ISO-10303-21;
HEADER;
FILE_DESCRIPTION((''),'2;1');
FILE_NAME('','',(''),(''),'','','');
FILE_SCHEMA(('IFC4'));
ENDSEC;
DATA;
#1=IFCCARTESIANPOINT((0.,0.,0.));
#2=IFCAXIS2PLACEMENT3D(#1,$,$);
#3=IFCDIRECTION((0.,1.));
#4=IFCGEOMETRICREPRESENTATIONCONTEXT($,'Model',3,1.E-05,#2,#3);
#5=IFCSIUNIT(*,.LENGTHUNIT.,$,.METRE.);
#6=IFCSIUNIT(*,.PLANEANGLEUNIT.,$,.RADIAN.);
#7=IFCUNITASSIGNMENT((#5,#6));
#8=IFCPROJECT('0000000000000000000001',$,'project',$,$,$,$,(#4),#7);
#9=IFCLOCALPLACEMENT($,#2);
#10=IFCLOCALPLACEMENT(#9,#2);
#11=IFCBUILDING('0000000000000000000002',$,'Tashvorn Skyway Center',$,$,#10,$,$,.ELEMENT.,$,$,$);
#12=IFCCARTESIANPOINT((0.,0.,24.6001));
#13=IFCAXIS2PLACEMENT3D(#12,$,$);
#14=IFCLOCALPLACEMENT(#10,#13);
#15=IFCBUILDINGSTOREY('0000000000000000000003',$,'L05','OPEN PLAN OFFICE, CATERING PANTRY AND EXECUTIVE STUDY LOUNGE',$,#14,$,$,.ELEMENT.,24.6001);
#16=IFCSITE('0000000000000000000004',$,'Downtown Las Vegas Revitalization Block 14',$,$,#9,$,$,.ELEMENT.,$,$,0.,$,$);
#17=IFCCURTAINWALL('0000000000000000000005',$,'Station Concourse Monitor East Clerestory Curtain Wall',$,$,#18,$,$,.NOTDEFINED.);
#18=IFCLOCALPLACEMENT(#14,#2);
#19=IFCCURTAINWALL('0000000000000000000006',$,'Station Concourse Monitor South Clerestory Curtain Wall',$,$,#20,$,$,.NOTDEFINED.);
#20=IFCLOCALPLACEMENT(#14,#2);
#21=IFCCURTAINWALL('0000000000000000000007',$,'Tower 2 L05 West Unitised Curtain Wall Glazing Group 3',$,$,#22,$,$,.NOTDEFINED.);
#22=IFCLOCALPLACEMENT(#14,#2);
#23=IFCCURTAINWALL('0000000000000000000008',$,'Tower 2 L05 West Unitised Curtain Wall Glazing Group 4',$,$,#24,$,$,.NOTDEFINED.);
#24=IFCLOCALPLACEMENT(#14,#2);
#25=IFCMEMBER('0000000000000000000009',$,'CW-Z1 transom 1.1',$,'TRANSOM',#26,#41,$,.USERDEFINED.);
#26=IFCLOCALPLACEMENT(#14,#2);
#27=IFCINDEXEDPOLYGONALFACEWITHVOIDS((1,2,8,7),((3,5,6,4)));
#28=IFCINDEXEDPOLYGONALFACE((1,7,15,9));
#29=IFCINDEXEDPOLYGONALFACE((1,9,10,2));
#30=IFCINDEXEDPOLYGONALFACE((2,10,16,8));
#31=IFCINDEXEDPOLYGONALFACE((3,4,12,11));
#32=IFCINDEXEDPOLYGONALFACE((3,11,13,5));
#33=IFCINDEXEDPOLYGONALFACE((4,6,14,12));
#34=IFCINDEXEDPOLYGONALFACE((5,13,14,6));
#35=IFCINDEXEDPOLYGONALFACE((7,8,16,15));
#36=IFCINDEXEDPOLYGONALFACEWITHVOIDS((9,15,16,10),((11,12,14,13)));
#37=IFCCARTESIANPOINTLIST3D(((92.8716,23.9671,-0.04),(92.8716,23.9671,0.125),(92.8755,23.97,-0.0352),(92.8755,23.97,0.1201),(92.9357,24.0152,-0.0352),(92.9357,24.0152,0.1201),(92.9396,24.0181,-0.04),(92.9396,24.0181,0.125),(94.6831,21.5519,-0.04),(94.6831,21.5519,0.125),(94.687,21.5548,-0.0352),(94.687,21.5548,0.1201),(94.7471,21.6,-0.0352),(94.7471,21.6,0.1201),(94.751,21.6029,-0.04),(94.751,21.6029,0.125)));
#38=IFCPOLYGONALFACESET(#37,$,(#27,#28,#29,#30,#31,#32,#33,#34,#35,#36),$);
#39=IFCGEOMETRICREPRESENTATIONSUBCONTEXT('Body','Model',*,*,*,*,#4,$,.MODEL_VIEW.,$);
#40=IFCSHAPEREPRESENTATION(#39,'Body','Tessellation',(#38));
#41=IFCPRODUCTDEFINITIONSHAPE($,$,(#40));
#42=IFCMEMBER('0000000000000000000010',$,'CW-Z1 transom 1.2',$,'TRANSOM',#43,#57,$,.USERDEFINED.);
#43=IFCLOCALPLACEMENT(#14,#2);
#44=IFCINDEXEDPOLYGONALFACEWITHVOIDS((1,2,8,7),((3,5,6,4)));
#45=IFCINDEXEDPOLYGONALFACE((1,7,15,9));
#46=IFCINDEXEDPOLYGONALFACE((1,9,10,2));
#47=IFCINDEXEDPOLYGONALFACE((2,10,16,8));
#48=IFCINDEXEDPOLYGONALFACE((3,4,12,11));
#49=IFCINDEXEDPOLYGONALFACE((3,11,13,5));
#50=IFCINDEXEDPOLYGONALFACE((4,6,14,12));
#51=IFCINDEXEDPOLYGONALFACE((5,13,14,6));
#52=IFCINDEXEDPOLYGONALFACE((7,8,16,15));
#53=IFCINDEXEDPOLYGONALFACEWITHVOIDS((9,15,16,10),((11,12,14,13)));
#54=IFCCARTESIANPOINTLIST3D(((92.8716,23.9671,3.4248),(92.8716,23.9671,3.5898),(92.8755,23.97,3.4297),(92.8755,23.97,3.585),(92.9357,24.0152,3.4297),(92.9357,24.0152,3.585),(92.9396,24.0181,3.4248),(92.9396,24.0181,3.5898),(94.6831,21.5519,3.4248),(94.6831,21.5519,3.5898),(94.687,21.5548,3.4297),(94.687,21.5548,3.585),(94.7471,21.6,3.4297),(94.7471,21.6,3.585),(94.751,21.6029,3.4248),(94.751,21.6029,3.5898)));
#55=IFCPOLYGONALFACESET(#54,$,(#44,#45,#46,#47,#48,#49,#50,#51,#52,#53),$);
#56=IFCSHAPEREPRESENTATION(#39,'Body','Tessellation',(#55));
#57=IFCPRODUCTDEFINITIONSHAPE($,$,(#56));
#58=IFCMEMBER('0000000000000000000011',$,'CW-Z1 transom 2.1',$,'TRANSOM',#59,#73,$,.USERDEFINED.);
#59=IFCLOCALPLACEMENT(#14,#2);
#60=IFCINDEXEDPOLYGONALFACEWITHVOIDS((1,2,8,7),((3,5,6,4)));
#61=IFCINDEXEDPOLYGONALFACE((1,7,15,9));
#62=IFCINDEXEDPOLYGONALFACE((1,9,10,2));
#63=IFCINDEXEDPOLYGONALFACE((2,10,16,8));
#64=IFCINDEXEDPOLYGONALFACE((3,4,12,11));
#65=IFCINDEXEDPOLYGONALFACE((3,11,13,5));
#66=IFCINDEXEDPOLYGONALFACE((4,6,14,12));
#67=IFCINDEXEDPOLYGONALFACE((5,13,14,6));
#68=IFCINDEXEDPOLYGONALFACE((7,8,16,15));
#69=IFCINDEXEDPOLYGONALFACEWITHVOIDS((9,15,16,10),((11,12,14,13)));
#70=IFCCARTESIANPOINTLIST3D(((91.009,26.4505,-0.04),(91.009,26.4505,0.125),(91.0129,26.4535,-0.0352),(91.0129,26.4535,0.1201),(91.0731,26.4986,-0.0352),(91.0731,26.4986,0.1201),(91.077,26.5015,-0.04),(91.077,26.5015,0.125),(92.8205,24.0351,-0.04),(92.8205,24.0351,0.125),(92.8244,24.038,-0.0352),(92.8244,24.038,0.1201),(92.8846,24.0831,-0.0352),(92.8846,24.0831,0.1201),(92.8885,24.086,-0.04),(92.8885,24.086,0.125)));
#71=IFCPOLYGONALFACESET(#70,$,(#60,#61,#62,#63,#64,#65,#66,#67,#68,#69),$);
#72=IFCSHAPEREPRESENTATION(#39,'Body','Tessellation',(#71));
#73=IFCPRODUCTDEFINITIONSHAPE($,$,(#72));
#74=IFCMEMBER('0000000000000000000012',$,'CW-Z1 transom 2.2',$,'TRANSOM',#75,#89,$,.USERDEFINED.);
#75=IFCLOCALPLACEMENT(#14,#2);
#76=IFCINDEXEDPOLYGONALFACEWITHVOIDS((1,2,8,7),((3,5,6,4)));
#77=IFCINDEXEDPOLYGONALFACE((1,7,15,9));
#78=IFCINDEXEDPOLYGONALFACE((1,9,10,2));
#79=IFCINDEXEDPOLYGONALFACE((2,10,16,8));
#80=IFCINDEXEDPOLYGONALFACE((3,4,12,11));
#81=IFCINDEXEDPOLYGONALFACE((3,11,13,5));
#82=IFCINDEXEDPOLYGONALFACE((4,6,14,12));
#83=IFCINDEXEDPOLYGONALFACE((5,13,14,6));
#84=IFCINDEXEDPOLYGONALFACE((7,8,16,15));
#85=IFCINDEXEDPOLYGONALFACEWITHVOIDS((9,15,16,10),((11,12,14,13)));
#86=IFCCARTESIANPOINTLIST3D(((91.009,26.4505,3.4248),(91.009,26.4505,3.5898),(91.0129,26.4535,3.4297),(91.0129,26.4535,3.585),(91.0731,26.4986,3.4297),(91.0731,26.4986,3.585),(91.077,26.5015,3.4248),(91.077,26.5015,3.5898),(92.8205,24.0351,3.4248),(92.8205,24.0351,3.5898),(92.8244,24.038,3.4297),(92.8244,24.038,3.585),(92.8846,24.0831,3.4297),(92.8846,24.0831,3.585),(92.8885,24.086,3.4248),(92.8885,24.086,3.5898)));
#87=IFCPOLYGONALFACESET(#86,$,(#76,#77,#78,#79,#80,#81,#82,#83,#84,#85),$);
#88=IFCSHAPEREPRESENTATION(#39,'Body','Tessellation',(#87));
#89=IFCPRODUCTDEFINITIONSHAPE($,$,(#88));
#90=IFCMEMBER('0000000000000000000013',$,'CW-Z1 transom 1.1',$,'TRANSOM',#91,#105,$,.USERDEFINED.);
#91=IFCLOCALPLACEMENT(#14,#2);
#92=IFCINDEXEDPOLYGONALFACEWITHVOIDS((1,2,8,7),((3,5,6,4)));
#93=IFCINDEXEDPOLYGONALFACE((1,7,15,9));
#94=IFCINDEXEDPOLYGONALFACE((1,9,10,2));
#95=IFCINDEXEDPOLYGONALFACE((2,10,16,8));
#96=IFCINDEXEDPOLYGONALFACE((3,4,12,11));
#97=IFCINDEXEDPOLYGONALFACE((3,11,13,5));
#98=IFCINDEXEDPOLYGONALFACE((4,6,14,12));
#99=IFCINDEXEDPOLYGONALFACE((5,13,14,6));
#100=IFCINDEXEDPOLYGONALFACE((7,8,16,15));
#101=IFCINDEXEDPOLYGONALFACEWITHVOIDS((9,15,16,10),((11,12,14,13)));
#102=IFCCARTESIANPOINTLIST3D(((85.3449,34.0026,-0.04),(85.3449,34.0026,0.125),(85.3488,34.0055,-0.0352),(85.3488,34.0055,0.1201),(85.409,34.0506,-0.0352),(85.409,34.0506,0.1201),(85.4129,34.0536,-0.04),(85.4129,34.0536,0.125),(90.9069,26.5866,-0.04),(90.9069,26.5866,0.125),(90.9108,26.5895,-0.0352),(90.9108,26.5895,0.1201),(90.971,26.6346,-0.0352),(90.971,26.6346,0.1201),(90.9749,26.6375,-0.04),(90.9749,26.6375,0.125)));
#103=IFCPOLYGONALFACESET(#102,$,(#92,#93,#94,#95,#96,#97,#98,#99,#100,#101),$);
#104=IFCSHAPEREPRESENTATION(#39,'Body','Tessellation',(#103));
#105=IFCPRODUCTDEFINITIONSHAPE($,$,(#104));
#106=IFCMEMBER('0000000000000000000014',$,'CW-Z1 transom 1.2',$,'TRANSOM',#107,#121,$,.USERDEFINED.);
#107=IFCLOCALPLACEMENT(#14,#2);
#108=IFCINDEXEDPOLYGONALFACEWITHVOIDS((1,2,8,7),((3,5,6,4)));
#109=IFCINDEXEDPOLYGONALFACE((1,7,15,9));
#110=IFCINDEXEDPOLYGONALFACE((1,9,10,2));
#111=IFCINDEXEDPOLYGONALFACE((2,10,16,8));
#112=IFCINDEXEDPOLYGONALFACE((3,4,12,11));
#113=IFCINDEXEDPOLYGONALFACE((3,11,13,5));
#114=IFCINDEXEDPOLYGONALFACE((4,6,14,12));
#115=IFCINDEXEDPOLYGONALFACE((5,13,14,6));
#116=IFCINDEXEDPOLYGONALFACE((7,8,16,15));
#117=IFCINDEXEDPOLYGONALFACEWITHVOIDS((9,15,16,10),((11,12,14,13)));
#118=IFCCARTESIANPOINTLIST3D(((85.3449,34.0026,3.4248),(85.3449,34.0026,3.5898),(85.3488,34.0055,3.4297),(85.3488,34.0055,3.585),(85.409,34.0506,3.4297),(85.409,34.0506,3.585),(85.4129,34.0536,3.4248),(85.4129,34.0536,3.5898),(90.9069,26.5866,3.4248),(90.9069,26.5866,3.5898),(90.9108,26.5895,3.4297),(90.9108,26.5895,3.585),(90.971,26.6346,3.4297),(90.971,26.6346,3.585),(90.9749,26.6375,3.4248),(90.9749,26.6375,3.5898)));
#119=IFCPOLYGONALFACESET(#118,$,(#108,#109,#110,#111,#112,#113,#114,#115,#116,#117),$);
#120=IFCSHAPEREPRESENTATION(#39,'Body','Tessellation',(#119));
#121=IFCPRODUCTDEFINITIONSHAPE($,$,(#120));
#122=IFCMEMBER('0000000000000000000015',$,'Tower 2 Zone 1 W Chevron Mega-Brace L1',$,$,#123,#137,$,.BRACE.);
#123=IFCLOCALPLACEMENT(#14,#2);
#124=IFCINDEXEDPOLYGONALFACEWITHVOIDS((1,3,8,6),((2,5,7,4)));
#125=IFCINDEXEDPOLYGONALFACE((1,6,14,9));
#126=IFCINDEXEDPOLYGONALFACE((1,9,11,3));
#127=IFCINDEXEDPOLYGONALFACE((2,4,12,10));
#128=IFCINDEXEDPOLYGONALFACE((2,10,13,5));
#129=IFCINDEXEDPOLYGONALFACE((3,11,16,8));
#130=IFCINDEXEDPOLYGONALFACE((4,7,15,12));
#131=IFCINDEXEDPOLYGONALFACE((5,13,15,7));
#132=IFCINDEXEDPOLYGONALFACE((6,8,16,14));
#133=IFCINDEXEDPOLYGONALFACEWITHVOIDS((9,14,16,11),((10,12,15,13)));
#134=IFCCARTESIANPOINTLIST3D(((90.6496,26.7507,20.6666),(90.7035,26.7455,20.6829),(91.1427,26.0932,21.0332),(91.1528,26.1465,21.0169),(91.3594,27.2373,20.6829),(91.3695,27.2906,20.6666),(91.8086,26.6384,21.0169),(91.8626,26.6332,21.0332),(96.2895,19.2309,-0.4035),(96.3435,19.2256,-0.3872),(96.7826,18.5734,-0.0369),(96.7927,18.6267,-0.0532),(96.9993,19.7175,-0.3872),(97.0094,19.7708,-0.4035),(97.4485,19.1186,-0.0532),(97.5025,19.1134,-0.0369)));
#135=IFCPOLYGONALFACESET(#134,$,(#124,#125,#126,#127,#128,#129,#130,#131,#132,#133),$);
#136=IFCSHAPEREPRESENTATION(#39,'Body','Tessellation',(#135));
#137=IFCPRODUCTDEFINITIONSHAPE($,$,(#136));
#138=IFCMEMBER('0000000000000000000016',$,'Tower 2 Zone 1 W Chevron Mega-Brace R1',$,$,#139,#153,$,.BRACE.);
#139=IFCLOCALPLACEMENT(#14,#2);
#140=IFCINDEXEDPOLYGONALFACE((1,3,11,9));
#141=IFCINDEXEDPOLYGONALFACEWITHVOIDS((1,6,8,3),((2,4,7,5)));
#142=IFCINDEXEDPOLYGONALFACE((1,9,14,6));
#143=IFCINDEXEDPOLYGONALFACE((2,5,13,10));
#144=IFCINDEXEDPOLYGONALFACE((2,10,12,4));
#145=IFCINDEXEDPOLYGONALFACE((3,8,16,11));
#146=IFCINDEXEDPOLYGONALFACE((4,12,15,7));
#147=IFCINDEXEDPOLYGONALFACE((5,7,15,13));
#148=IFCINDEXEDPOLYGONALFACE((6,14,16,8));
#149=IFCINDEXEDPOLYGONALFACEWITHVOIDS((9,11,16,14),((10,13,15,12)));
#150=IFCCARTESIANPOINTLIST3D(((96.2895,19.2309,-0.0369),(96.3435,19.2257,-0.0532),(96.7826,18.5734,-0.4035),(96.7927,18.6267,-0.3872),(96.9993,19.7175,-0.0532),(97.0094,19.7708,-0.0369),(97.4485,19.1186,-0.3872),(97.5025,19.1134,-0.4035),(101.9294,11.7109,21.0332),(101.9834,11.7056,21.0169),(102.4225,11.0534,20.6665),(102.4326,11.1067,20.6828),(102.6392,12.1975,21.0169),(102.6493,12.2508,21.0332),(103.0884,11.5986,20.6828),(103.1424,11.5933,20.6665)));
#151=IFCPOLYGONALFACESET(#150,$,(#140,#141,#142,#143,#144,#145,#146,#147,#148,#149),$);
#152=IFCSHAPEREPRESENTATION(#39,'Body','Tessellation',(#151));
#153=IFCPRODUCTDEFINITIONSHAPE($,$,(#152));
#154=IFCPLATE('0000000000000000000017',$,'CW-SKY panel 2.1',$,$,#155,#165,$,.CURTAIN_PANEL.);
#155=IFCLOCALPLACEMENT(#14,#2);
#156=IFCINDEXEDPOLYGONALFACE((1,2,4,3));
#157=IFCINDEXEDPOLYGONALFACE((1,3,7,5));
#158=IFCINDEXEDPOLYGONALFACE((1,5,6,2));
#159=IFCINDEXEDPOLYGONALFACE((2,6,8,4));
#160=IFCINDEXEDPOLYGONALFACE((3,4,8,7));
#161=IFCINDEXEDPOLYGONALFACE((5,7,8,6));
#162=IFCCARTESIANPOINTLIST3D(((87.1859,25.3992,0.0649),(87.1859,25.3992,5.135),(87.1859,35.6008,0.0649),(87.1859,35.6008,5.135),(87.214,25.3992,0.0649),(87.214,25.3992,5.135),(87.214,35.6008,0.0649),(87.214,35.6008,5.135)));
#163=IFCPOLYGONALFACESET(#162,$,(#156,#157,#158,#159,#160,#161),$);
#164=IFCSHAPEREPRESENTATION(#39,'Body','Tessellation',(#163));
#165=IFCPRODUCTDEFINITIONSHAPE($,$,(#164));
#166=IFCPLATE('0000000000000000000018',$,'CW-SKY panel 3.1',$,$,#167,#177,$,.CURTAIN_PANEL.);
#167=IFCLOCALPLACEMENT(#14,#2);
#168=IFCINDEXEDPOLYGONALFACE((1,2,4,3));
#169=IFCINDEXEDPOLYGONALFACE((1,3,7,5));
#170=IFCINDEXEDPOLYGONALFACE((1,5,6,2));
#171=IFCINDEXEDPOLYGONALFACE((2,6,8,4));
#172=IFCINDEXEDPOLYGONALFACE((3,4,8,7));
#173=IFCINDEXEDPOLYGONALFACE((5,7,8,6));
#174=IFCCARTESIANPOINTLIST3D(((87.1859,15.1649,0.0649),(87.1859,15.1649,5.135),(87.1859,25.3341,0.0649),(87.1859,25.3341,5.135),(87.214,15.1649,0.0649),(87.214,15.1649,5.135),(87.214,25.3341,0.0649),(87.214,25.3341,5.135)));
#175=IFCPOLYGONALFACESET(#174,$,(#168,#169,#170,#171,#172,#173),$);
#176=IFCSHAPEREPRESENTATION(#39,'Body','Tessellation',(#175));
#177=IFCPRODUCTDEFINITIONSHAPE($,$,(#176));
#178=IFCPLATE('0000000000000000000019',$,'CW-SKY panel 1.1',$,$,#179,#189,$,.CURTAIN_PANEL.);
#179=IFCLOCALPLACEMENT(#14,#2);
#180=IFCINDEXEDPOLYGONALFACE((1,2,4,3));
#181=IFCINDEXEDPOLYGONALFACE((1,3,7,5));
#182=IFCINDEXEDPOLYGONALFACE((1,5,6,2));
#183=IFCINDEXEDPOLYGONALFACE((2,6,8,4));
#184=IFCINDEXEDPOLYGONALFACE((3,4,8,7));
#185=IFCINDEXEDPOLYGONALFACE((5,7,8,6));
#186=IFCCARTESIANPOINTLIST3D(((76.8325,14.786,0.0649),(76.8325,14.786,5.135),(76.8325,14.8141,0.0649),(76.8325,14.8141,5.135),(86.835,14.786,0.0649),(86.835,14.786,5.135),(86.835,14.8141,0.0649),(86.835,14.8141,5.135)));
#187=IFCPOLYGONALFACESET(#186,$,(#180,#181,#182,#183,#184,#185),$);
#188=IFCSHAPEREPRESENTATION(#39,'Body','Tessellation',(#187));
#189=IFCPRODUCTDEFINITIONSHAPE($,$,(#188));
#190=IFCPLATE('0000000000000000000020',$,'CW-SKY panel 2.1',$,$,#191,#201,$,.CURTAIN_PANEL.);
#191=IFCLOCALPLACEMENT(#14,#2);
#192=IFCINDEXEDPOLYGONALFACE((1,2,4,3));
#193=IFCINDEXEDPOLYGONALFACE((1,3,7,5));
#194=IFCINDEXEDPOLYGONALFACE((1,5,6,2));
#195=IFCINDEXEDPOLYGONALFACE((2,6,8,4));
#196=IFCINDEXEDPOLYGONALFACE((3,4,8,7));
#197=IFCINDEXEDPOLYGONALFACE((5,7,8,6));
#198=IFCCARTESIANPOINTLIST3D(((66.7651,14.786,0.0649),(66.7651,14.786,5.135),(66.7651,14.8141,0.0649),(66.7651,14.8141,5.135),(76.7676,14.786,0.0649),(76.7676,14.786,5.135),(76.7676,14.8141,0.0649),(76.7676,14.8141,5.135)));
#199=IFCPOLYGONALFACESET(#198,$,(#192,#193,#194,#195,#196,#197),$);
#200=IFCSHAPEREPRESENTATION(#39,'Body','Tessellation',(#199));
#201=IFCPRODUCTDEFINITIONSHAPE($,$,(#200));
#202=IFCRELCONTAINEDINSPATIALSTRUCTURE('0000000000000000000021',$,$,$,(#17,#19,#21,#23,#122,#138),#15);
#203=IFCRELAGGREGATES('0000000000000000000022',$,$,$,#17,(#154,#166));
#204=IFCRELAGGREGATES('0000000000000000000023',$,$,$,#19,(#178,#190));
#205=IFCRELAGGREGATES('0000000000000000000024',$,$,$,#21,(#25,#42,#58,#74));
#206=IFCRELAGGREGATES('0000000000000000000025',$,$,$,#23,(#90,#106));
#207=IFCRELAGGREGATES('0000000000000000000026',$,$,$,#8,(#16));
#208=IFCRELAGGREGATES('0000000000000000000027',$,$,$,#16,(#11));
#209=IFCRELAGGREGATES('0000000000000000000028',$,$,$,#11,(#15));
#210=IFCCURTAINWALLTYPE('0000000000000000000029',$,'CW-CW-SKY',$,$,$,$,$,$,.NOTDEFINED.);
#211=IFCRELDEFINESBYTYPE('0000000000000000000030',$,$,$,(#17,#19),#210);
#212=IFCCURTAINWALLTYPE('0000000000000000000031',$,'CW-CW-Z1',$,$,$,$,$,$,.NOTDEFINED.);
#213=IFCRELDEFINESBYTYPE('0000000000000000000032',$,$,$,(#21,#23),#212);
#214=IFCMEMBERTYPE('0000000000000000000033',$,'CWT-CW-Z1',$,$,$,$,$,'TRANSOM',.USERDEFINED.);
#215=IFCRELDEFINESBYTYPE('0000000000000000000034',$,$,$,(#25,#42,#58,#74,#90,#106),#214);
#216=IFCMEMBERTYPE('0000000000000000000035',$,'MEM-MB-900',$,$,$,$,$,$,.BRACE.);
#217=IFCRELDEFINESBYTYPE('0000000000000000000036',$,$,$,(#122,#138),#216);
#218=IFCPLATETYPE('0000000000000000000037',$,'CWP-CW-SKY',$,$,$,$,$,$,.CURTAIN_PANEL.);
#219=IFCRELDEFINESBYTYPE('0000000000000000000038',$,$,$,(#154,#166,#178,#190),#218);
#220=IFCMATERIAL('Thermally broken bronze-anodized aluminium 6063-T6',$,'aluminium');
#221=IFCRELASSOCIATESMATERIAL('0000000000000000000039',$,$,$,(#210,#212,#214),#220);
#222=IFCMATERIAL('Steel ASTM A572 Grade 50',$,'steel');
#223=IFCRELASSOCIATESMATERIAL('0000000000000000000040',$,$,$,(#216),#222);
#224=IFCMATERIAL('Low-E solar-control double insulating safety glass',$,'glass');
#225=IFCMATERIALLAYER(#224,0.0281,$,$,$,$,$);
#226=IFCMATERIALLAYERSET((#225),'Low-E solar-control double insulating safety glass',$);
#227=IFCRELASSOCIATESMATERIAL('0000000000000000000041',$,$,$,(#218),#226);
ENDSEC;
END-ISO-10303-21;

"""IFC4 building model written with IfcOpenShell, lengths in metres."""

from ifc_helpers import new_model, si_unit, direction, frame, origin, origin_2d, place, context, subcontext, project, spatial, rectangle, hollow_rectangle, extrude, material, layer, layer_set, material_profile, profile_set, type_object, element, aggregate, save


model = new_model("IFC4")

# Units and contexts
model_context = context("Model", 3, precision=1e-05, world=origin(), true_north=direction((0.0, 1.0)))
body_context = subcontext(model_context, "Body", "Model", "MODEL_VIEW")
ifc_project = project(units=[si_unit("LENGTHUNIT", "METRE"), si_unit("PLANEANGLEUNIT", "RADIAN")], contexts=[model_context])

# Site, building, storey
site_placement = place(None, origin())
site = spatial("IfcSite", under=ifc_project, at=site_placement, Name="Downtown Las Vegas Revitalization Block 14", CompositionType="ELEMENT", RefElevation=0.0)
building_placement = place(site_placement, origin())
building = spatial("IfcBuilding", under=site, at=building_placement, Name="Tashvorn Skyway Center", CompositionType="ELEMENT")
storey_placement = place(building_placement, frame((0.0, 0.0, 24.6001)))
storey = spatial("IfcBuildingStorey", under=building, at=storey_placement, Name="L05", Description="OPEN PLAN OFFICE, CATERING PANTRY AND EXECUTIVE STUDY LOUNGE", CompositionType="ELEMENT", Elevation=24.6001)

# Shared definitions
ifc_material_1 = material(Name="Steel ASTM A572 Grade 50", Category="steel")

# Curtain walls
ifc_material_2 = material(Name="Thermally broken bronze-anodized aluminium 6063-T6", Category="aluminium")
curtain_wall_type_1 = type_object("IfcCurtainWallType", Name="CW-CW-SKY", PredefinedType="NOTDEFINED", material=ifc_material_2)
curtain_wall_1_placement = place(storey_placement, origin())
curtain_wall_1 = element("IfcCurtainWall", 1, at=curtain_wall_1_placement, inside=storey, type_object=curtain_wall_type_1, Name="Station Concourse Monitor East Clerestory Curtain Wall", PredefinedType="NOTDEFINED")
curtain_wall_2_placement = place(storey_placement, origin())
curtain_wall_2 = element("IfcCurtainWall", 2, at=curtain_wall_2_placement, inside=storey, type_object=curtain_wall_type_1, Name="Station Concourse Monitor South Clerestory Curtain Wall", PredefinedType="NOTDEFINED")
curtain_wall_type_2 = type_object("IfcCurtainWallType", Name="CW-CW-Z1", PredefinedType="NOTDEFINED", material=ifc_material_2)
curtain_wall_3_placement = place(storey_placement, origin())
curtain_wall_3 = element("IfcCurtainWall", 3, at=curtain_wall_3_placement, inside=storey, type_object=curtain_wall_type_2, Name="Tower 2 L05 West Unitised Curtain Wall Glazing Group 3", PredefinedType="NOTDEFINED")

# Curtain wall
curtain_wall_4_placement = place(storey_placement, origin())
curtain_wall_4 = element("IfcCurtainWall", 4, at=curtain_wall_4_placement, inside=storey, type_object=curtain_wall_type_2, Name="Tower 2 L05 West Unitised Curtain Wall Glazing Group 4", PredefinedType="NOTDEFINED")

# Members
ifc_material_profile_1 = material_profile(ifc_material_2, hollow_rectangle(XDim=0.085, YDim=0.165, WallThickness=0.0049, at=origin_2d()), Name="ALU-TRAN-85x165")
ifc_profile_set_1 = profile_set([ifc_material_profile_1], Name="Thermally broken bronze-anodized aluminium 6063-T6")
member_type_1 = type_object("IfcMemberType", Name="CWT-CW-Z1", ElementType="TRANSOM", PredefinedType="USERDEFINED", material=ifc_profile_set_1)
member_1_placement = place(storey_placement, frame((94.717, 21.5774, 0.0425), z_axis=(-0.600013, 0.79999, 0.0), x_axis=(-0.79999, -0.600013, 0.0)))
member_1 = element("IfcMember", 5, at=member_1_placement, type_object=member_type_1, Name="CW-Z1 transom 1.1", ObjectType="TRANSOM", PredefinedType="USERDEFINED", context=body_context, shape_type="SweptSolid", body=[
    extrude(hollow_rectangle(XDim=0.085, YDim=0.165, WallThickness=0.0049, at=origin_2d()), origin(), (0.0, 0.0, 1.0), 3.019),
])
member_2_placement = place(storey_placement, frame((94.717, 21.5774, 3.5073), z_axis=(-0.600013, 0.79999, 0.0), x_axis=(-0.79999, -0.600013, 0.0)))
member_2 = element("IfcMember", 6, at=member_2_placement, type_object=member_type_1, Name="CW-Z1 transom 1.2", ObjectType="TRANSOM", PredefinedType="USERDEFINED", context=body_context, shape_type="SweptSolid", body=[
    extrude(hollow_rectangle(XDim=0.085, YDim=0.165, WallThickness=0.0049, at=origin_2d()), origin(), (0.0, 0.0, 1.0), 3.019),
])
member_3_placement = place(storey_placement, frame((92.8545, 24.0605, 0.0425), z_axis=(-0.599974, 0.800019, 0.0), x_axis=(-0.800019, -0.599974, 0.0)))
member_3 = element("IfcMember", 7, at=member_3_placement, type_object=member_type_1, Name="CW-Z1 transom 2.1", ObjectType="TRANSOM", PredefinedType="USERDEFINED", context=body_context, shape_type="SweptSolid", body=[
    extrude(hollow_rectangle(XDim=0.085, YDim=0.165, WallThickness=0.0049, at=origin_2d()), origin(), (0.0, 0.0, 1.0), 3.0193),
])
member_4_placement = place(storey_placement, frame((92.8545, 24.0605, 3.5073), z_axis=(-0.599974, 0.800019, 0.0), x_axis=(-0.800019, -0.599974, 0.0)))
member_4 = element("IfcMember", 8, at=member_4_placement, type_object=member_type_1, Name="CW-Z1 transom 2.2", ObjectType="TRANSOM", PredefinedType="USERDEFINED", context=body_context, shape_type="SweptSolid", body=[
    extrude(hollow_rectangle(XDim=0.085, YDim=0.165, WallThickness=0.0049, at=origin_2d()), origin(), (0.0, 0.0, 1.0), 3.0193),
])
member_5_placement = place(storey_placement, frame((90.9409, 26.6121, 0.0425), z_axis=(-0.6, 0.8, 0.0), x_axis=(-0.8, -0.6, 0.0)))
member_5 = element("IfcMember", 9, at=member_5_placement, type_object=member_type_1, Name="CW-Z1 transom 1.1", ObjectType="TRANSOM", PredefinedType="USERDEFINED", context=body_context, shape_type="SweptSolid", body=[
    extrude(hollow_rectangle(XDim=0.085, YDim=0.165, WallThickness=0.0049, at=origin_2d()), origin(), (0.0, 0.0, 1.0), 9.27),
])
member_6_placement = place(storey_placement, frame((90.9409, 26.6121, 3.5073), z_axis=(-0.6, 0.8, 0.0), x_axis=(-0.8, -0.6, 0.0)))
member_6 = element("IfcMember", 10, at=member_6_placement, type_object=member_type_1, Name="CW-Z1 transom 1.2", ObjectType="TRANSOM", PredefinedType="USERDEFINED", context=body_context, shape_type="SweptSolid", body=[
    extrude(hollow_rectangle(XDim=0.085, YDim=0.165, WallThickness=0.0049, at=origin_2d()), origin(), (0.0, 0.0, 1.0), 9.27),
])

# Members
ifc_material_profile_2 = material_profile(ifc_material_1, hollow_rectangle(XDim=0.8999, YDim=0.8999, WallThickness=0.04, at=origin_2d()), Name="BOX900x900x40")
ifc_profile_set_2 = profile_set([ifc_material_profile_2], Name="Steel ASTM A572 Grade 50")
member_type_2 = type_object("IfcMemberType", Name="MEM-MB-900", PredefinedType="BRACE", material=ifc_profile_set_2)
for number, where, z_axis, x_axis, name in (
    (11, (96.896, 19.1721, -0.2202), (-0.244451, 0.325931, 0.913243), (-0.799997, -0.600004, 0.0), "Tower 2 Zone 1 W Chevron Mega-Brace L1"),
    (12, (96.896, 19.1721, -0.2202), (0.24445, -0.32594, 0.91324), (0.800006, 0.599992, 0.0), "Tower 2 Zone 1 W Chevron Mega-Brace R1"),
):
    element("IfcMember", number, at=place(storey_placement, frame(where, z_axis=z_axis, x_axis=x_axis)), inside=storey, type_object=member_type_2, Name=name, PredefinedType="BRACE", context=body_context, shape_type="SweptSolid", body=[
        extrude(hollow_rectangle(XDim=0.8999, YDim=0.8999, WallThickness=0.04, at=origin_2d()), origin(), (0.0, 0.0, 1.0), 23.0718),
    ])

# Plates
ifc_material_3 = material(Name="Low-E solar-control double insulating safety glass", Category="glass")
ifc_layer_1 = layer(ifc_material_3, 0.0281)
ifc_layer_set_1 = layer_set([ifc_layer_1], Name="Low-E solar-control double insulating safety glass")
plate_type_1 = type_object("IfcPlateType", Name="CWP-CW-SKY", PredefinedType="CURTAIN_PANEL", material=ifc_layer_set_1)
plate_1_placement = place(storey_placement, frame((87.2, 30.5, 0.0649), z_axis=(0.0, 0.0, 1.0), x_axis=(0.0, -1.0, 0.0)))
plate_1 = element("IfcPlate", 13, at=plate_1_placement, type_object=plate_type_1, Name="CW-SKY panel 2.1", PredefinedType="CURTAIN_PANEL", context=body_context, shape_type="SweptSolid", body=[
    extrude(rectangle(XDim=10.2017, YDim=0.0281, at=origin_2d()), origin(), (0.0, 0.0, 1.0), 5.0701),
])
plate_2_placement = place(storey_placement, frame((87.2, 20.2495, 0.0649), z_axis=(0.0, 0.0, 1.0), x_axis=(0.0, -1.0, 0.0)))
plate_2 = element("IfcPlate", 14, at=plate_2_placement, type_object=plate_type_1, Name="CW-SKY panel 3.1", PredefinedType="CURTAIN_PANEL", context=body_context, shape_type="SweptSolid", body=[
    extrude(rectangle(XDim=10.1692, YDim=0.0281, at=origin_2d()), origin(), (0.0, 0.0, 1.0), 5.0701),
])
aggregate(curtain_wall_1, [plate_1, plate_2])
plate_3_placement = place(storey_placement, frame((81.8337, 14.8, 0.0649), z_axis=(0.0, 0.0, 1.0), x_axis=(-1.0, 0.0, 0.0)))
plate_3 = element("IfcPlate", 15, at=plate_3_placement, type_object=plate_type_1, Name="CW-SKY panel 1.1", PredefinedType="CURTAIN_PANEL", context=body_context, shape_type="SweptSolid", body=[
    extrude(rectangle(XDim=10.0024, YDim=0.0281, at=origin_2d()), origin(), (0.0, 0.0, 1.0), 5.0701),
])
plate_4_placement = place(storey_placement, frame((71.7664, 14.8, 0.0649), z_axis=(0.0, 0.0, 1.0), x_axis=(-1.0, 0.0, 0.0)))
plate_4 = element("IfcPlate", 16, at=plate_4_placement, type_object=plate_type_1, Name="CW-SKY panel 2.1", PredefinedType="CURTAIN_PANEL", context=body_context, shape_type="SweptSolid", body=[
    extrude(rectangle(XDim=10.0024, YDim=0.0281, at=origin_2d()), origin(), (0.0, 0.0, 1.0), 5.0701),
])
aggregate(curtain_wall_2, [plate_3, plate_4])
aggregate(curtain_wall_3, [member_1, member_2, member_3, member_4])
aggregate(curtain_wall_4, [member_5, member_6])

save(model, "model.ifc")
